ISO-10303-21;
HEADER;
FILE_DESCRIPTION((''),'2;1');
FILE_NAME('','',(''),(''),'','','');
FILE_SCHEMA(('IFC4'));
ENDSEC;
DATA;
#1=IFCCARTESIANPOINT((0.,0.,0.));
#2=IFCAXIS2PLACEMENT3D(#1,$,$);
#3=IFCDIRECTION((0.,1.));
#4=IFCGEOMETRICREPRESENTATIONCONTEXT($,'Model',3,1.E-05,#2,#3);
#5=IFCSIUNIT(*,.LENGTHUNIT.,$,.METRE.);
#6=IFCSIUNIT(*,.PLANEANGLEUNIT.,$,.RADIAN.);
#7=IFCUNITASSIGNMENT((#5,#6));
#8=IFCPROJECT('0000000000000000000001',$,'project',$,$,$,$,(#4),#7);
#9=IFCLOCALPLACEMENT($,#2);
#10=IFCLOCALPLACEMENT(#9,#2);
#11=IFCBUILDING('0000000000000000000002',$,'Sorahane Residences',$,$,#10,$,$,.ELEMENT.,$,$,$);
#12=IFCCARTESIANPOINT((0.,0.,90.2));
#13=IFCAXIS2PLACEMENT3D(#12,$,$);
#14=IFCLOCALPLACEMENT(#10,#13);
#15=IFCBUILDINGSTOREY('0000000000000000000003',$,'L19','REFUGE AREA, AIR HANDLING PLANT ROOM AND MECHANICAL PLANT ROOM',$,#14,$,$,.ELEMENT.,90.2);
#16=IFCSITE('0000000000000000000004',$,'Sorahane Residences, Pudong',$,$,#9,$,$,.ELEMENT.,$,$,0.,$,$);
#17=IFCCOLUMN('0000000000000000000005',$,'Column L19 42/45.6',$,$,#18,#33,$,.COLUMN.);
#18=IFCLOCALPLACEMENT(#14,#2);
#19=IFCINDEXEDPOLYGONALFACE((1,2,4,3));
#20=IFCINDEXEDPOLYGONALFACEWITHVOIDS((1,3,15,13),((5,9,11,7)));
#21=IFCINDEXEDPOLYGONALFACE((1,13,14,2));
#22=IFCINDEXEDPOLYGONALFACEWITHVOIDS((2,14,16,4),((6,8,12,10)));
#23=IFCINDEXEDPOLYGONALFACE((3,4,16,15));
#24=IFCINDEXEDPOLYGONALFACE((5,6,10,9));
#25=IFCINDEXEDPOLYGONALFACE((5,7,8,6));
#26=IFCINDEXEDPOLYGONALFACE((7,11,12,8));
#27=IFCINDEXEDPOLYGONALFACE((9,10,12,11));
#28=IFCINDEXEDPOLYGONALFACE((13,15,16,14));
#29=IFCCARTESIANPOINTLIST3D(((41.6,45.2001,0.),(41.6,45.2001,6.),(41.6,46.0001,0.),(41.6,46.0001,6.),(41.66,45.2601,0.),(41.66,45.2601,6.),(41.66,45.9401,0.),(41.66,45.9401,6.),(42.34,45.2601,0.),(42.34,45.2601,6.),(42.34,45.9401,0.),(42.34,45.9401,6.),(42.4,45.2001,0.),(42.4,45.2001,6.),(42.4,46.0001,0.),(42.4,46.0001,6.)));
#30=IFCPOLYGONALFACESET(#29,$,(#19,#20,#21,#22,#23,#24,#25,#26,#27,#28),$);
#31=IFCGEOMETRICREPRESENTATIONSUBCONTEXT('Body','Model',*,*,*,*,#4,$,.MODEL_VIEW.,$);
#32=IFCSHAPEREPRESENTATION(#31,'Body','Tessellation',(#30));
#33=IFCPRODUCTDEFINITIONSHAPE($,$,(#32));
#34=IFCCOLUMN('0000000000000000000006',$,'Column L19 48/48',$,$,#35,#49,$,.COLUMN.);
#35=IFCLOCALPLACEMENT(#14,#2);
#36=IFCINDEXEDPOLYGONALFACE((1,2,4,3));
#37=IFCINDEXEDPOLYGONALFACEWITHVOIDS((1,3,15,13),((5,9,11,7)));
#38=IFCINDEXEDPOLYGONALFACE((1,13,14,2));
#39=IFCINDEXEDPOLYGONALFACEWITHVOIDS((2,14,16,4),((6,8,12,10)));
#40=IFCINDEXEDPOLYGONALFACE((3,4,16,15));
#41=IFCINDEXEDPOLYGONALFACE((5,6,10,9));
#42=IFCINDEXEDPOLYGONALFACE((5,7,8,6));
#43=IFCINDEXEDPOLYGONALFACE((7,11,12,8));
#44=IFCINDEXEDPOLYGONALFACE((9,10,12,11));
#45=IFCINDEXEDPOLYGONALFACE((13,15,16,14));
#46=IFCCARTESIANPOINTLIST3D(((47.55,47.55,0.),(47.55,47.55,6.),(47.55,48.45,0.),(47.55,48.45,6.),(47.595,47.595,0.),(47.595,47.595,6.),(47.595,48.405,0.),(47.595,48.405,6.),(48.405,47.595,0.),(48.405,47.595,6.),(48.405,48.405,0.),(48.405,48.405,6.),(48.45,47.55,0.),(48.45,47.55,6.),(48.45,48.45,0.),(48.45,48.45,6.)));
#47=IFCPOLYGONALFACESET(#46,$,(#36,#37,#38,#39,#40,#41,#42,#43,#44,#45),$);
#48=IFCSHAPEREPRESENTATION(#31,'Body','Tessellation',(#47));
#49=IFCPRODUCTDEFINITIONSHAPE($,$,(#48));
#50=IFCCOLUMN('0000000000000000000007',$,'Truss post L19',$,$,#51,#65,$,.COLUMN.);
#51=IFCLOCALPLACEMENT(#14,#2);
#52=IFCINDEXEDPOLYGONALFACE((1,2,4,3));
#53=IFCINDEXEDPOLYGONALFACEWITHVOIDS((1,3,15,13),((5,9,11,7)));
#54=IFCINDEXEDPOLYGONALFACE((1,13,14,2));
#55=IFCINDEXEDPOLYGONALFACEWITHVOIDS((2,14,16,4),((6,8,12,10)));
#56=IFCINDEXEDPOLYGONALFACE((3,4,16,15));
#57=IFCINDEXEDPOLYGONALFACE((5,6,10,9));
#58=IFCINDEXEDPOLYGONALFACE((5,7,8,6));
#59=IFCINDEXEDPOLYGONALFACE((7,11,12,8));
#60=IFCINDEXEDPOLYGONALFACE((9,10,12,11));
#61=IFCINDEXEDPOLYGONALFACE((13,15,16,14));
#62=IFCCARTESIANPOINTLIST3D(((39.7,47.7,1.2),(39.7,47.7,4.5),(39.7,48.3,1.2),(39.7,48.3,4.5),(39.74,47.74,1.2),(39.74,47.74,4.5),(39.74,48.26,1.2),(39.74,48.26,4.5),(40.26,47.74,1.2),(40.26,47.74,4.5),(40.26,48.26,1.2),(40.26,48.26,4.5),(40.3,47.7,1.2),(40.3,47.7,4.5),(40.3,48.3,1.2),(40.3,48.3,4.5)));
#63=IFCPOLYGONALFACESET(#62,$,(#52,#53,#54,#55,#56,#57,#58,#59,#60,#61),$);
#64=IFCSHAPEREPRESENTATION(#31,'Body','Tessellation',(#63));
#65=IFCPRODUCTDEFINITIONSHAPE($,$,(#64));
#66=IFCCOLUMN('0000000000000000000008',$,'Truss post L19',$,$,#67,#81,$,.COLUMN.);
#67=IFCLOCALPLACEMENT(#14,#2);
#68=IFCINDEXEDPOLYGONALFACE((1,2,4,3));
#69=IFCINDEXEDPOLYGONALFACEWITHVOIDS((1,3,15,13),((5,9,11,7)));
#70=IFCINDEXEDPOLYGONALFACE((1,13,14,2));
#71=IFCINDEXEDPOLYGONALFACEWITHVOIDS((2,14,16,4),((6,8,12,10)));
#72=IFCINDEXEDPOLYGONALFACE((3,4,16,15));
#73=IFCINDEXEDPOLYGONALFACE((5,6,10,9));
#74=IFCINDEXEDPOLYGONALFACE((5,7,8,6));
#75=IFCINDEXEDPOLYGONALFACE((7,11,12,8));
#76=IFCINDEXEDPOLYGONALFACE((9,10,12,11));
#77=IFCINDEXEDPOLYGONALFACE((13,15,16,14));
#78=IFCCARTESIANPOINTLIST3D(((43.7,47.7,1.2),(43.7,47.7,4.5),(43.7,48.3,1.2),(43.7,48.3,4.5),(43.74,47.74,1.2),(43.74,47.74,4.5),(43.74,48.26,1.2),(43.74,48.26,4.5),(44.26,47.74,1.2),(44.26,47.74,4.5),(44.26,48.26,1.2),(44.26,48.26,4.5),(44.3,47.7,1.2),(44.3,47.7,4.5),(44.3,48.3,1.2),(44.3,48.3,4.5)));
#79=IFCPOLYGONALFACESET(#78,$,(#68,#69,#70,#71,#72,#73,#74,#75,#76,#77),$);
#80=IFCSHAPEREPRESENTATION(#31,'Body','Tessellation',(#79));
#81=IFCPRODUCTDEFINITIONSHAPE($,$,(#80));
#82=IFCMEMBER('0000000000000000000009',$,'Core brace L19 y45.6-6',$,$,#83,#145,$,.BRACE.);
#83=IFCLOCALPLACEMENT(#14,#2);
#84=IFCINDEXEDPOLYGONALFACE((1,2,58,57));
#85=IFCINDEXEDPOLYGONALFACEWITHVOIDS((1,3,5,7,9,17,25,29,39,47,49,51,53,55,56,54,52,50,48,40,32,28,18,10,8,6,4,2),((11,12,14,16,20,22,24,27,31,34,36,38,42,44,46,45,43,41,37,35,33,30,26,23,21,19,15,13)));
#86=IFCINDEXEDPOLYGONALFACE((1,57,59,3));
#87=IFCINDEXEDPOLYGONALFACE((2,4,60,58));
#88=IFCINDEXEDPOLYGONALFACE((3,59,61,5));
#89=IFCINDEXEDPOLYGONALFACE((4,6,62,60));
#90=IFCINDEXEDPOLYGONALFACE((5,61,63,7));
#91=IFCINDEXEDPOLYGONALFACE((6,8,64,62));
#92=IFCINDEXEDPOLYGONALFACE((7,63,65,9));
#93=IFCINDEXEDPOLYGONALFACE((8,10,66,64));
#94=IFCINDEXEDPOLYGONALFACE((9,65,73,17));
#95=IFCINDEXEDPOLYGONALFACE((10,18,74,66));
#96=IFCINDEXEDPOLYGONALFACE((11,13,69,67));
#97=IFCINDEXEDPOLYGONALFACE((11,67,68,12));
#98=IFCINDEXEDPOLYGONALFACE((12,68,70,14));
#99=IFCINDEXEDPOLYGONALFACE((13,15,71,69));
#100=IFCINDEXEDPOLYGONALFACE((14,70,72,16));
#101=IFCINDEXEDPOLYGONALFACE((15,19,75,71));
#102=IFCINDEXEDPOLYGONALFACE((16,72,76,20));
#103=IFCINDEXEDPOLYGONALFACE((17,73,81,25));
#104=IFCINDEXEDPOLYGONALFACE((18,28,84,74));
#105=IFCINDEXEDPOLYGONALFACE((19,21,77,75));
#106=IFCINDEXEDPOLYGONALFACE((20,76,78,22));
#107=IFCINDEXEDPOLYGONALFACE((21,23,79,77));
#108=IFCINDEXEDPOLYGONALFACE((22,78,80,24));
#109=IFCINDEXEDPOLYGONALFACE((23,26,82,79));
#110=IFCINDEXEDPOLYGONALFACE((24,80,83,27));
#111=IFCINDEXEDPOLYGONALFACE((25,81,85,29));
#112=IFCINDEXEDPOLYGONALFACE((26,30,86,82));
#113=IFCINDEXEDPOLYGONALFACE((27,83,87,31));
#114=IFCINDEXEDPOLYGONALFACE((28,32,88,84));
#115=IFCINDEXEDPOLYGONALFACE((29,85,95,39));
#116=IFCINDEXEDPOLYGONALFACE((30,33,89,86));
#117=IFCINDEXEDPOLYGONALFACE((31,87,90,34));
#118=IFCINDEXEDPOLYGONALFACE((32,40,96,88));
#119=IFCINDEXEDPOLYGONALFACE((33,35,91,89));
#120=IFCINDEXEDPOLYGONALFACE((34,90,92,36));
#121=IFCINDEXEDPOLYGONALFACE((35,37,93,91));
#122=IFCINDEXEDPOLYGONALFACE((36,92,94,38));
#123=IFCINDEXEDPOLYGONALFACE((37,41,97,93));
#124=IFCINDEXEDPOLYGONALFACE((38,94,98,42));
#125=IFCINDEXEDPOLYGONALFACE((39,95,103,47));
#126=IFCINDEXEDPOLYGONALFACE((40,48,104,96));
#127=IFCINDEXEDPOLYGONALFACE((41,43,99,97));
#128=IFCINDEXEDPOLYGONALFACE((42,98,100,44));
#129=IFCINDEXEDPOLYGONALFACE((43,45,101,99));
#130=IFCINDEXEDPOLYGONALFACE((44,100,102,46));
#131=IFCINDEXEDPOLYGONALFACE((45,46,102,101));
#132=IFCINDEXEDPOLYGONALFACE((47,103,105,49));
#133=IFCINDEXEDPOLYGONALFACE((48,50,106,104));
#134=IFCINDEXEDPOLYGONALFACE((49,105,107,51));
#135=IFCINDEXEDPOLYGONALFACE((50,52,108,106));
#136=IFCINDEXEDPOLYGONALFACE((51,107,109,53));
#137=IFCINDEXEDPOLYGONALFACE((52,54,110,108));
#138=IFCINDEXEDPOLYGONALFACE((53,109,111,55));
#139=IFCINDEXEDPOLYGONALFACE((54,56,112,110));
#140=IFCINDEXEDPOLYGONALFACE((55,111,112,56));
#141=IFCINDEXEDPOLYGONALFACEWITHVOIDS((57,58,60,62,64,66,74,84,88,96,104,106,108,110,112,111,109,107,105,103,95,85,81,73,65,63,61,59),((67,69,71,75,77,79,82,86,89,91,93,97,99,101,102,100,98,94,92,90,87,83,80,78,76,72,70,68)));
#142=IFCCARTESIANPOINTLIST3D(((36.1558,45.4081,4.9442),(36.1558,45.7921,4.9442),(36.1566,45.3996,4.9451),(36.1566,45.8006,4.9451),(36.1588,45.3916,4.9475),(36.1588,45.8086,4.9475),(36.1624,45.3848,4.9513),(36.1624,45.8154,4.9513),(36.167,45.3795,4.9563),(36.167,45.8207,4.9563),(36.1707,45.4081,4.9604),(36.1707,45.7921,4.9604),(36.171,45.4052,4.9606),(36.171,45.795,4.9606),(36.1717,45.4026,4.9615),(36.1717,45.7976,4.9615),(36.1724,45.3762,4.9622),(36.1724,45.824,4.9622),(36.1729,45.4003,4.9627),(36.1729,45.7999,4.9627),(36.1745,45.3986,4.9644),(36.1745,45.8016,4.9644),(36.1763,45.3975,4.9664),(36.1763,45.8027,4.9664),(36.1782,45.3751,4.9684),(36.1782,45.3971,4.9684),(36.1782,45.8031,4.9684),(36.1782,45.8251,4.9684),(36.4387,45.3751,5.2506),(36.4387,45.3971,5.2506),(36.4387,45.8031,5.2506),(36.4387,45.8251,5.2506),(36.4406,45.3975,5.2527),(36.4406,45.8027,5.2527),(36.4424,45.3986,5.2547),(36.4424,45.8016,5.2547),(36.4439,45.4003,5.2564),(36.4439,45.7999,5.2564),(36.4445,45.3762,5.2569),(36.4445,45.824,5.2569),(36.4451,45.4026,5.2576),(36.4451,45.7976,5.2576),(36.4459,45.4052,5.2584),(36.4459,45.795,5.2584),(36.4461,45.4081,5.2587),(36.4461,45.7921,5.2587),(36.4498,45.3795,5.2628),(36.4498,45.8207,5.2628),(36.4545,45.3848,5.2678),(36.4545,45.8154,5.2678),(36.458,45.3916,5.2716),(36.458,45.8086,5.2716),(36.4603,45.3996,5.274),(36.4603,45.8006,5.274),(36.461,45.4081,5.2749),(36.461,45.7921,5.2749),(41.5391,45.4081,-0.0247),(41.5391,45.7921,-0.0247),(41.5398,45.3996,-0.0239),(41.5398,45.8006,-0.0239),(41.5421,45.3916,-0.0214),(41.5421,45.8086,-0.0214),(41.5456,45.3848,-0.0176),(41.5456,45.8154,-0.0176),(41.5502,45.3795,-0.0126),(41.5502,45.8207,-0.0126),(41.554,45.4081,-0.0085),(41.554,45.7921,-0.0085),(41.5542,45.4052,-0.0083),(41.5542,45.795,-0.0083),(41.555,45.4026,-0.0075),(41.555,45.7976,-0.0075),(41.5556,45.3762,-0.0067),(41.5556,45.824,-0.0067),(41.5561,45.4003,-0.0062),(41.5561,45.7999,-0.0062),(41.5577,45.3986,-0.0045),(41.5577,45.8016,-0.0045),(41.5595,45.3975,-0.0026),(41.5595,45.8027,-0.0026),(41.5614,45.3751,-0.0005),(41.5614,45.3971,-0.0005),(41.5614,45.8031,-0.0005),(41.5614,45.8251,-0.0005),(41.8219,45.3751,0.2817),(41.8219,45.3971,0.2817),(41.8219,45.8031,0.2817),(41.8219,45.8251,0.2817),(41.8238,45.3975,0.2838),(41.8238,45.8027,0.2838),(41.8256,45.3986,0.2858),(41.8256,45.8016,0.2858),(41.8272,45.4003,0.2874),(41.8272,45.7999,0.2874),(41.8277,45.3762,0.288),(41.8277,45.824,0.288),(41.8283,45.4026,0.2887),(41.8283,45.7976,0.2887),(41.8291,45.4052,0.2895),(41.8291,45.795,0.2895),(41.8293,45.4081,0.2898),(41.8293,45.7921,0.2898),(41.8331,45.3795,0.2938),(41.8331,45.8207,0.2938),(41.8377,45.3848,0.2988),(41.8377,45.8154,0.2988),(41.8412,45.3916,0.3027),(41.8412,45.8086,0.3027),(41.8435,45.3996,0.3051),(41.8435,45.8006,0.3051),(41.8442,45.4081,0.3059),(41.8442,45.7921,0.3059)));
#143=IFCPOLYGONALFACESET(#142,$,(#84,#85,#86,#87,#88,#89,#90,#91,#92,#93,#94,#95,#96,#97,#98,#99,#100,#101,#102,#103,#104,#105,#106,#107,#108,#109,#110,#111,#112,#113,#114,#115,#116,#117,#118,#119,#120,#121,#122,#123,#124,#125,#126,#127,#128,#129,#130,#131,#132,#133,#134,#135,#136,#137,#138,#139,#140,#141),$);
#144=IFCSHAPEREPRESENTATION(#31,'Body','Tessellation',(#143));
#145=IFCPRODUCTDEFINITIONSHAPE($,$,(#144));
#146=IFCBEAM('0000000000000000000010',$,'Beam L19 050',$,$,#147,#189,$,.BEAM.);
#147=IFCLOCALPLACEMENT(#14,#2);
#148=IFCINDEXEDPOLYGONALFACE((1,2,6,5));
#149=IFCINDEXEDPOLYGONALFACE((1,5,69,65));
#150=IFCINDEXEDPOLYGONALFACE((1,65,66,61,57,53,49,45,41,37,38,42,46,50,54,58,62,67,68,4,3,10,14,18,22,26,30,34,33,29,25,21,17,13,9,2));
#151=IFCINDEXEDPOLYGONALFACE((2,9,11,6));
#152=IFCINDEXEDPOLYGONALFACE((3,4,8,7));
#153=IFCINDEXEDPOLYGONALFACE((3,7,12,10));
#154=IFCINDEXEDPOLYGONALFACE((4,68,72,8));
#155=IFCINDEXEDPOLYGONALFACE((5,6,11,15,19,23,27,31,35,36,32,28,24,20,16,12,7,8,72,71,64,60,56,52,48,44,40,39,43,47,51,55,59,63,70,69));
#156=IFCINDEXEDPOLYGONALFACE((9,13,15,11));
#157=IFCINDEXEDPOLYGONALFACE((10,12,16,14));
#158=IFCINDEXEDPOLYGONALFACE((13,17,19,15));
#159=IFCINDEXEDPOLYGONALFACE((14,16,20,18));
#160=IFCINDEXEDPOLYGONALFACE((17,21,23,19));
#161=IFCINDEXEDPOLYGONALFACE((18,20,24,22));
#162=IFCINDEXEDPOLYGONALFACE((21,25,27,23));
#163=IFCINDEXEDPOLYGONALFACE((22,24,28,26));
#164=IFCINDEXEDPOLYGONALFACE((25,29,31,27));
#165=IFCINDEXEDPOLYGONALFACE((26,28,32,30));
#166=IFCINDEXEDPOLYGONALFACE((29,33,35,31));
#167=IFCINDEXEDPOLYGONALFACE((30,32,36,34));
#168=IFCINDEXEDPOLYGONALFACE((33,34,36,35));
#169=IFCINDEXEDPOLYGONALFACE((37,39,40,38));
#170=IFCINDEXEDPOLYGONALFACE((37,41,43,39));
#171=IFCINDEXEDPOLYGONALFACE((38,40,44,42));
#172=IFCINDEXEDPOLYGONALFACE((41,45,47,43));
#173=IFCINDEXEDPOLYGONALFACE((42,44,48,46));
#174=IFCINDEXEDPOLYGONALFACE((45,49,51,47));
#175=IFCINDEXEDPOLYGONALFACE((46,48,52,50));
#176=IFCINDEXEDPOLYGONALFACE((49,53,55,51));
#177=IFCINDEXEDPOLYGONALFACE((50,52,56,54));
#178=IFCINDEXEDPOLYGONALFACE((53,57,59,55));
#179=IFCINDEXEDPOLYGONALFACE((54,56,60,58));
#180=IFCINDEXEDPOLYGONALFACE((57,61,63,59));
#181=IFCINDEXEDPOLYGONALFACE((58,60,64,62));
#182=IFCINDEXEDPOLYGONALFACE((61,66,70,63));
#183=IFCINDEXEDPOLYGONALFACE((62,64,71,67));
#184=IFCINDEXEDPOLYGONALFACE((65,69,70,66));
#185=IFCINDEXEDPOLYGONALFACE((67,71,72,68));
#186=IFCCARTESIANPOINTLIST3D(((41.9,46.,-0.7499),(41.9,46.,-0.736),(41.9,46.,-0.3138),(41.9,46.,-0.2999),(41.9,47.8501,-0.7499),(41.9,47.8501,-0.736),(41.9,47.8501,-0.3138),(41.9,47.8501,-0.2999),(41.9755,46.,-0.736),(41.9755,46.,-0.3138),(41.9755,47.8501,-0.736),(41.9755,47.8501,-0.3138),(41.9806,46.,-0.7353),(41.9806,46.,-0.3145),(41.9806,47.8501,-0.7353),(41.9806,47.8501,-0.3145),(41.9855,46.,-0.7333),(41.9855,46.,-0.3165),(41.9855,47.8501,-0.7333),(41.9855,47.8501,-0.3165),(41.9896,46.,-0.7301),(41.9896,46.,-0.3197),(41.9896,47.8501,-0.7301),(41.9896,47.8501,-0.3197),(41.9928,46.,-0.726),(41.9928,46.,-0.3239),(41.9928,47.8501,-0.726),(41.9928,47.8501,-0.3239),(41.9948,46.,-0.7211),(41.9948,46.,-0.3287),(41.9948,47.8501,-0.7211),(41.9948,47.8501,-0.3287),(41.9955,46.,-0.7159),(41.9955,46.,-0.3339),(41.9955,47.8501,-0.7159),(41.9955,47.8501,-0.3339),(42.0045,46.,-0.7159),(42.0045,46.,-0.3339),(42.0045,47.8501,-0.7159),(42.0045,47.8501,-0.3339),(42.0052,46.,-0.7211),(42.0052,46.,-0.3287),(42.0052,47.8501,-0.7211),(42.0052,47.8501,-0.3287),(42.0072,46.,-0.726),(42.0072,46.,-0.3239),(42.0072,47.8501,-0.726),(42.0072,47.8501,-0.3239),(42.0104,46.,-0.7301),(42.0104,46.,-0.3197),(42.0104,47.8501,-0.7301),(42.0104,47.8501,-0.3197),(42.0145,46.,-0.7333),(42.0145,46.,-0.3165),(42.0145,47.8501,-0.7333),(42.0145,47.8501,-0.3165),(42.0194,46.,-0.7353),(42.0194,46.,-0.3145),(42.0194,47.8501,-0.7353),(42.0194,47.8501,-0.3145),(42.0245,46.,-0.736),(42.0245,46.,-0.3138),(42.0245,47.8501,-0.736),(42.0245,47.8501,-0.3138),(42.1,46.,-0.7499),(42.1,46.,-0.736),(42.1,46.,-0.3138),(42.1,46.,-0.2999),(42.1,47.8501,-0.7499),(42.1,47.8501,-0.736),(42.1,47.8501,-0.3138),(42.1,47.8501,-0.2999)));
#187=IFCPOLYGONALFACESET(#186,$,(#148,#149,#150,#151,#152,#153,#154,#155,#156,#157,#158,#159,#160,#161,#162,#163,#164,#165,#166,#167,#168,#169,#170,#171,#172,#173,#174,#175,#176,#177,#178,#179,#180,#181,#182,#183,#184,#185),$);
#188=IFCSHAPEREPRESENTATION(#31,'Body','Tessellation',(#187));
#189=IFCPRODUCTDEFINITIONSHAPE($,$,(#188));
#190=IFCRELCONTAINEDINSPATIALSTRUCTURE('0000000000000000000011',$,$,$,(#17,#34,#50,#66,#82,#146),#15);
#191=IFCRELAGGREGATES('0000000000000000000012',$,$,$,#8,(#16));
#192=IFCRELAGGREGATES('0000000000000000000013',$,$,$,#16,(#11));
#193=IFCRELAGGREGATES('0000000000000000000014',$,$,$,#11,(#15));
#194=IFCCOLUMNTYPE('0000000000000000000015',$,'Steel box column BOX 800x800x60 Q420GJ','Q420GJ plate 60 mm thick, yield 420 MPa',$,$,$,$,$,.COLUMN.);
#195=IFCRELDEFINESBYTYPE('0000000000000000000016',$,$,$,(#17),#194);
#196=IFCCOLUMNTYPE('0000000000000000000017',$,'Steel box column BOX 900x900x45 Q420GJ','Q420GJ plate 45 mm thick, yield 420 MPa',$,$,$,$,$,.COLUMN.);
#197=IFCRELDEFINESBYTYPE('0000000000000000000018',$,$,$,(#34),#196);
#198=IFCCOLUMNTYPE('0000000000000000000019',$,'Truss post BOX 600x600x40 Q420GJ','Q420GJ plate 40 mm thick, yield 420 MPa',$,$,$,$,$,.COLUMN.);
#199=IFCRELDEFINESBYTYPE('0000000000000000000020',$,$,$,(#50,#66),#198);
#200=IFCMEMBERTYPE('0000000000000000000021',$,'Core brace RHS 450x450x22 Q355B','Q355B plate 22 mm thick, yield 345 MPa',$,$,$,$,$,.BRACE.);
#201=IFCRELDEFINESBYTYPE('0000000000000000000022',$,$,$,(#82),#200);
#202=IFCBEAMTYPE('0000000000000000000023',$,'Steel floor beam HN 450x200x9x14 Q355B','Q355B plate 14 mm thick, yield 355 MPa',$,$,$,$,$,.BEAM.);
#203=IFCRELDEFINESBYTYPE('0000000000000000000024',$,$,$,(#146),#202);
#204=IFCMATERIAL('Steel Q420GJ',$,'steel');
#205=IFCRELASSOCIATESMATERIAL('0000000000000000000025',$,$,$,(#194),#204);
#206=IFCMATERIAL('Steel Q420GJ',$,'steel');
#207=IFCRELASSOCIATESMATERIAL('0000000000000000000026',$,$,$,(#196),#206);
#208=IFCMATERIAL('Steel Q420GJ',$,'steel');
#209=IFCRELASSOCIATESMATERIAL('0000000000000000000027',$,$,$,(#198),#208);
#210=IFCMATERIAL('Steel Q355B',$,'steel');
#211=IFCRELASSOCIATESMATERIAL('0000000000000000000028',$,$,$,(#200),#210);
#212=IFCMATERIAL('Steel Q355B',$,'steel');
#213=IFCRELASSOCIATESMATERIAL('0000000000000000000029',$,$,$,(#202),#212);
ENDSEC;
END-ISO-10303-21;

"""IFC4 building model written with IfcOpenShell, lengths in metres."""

from ifc_helpers import new_model, si_unit, direction, frame, origin, origin_2d, place, context, subcontext, project, spatial, hollow_rectangle, i_section, extrude, material, material_profile, profile_set, type_object, element, save


model = new_model("IFC4")

# Units and contexts
model_context = context("Model", 3, precision=1e-05, world=origin(), true_north=direction((0.0, 1.0)))
body_context = subcontext(model_context, "Body", "Model", "MODEL_VIEW")
ifc_project = project(units=[si_unit("LENGTHUNIT", "METRE"), si_unit("PLANEANGLEUNIT", "RADIAN")], contexts=[model_context])

# Site, building, storey
site_placement = place(None, origin())
site = spatial("IfcSite", under=ifc_project, at=site_placement, Name="Sorahane Residences, Pudong", CompositionType="ELEMENT", RefElevation=0.0)
building_placement = place(site_placement, origin())
building = spatial("IfcBuilding", under=site, at=building_placement, Name="Sorahane Residences", CompositionType="ELEMENT")
storey_placement = place(building_placement, frame((0.0, 0.0, 90.2)))
storey = spatial("IfcBuildingStorey", under=building, at=storey_placement, Name="L19", Description="REFUGE AREA, AIR HANDLING PLANT ROOM AND MECHANICAL PLANT ROOM", CompositionType="ELEMENT", Elevation=90.2)

# Columns
ifc_material_1 = material(Name="Steel Q420GJ", Category="steel")
ifc_material_profile_1 = material_profile(ifc_material_1, hollow_rectangle(XDim=0.8, YDim=0.8, WallThickness=0.0601, at=origin_2d()), Name="BOX 800x800x60")
ifc_profile_set_1 = profile_set([ifc_material_profile_1], Name="Steel Q420GJ")
column_type_1 = type_object("IfcColumnType", Name="Steel box column BOX 800x800x60 Q420GJ", Description="Q420GJ plate 60 mm thick, yield 420 MPa", PredefinedType="COLUMN", material=ifc_profile_set_1)
column_1_placement = place(storey_placement, frame((42.0, 45.6001, 0.0), z_axis=(0.0, 0.0, 1.0), x_axis=(1.0, 0.0, 0.0)))
element("IfcColumn", 1, at=column_1_placement, inside=storey, type_object=column_type_1, Name="Column L19 42/45.6", PredefinedType="COLUMN", context=body_context, shape_type="SweptSolid", body=[
    extrude(hollow_rectangle(XDim=0.8, YDim=0.8, WallThickness=0.0601, at=origin_2d()), origin(), (0.0, 0.0, 1.0), 6.0),
])
ifc_material_2 = material(Name="Steel Q420GJ", Category="steel")
ifc_material_profile_2 = material_profile(ifc_material_2, hollow_rectangle(XDim=0.8999, YDim=0.8999, WallThickness=0.0449, at=origin_2d()), Name="BOX 900x900x45")
ifc_profile_set_2 = profile_set([ifc_material_profile_2], Name="Steel Q420GJ")
column_type_2 = type_object("IfcColumnType", Name="Steel box column BOX 900x900x45 Q420GJ", Description="Q420GJ plate 45 mm thick, yield 420 MPa", PredefinedType="COLUMN", material=ifc_profile_set_2)
column_2_placement = place(storey_placement, frame((48.0, 48.0, 0.0), z_axis=(0.0, 0.0, 1.0), x_axis=(1.0, 0.0, 0.0)))
element("IfcColumn", 2, at=column_2_placement, inside=storey, type_object=column_type_2, Name="Column L19 48/48", PredefinedType="COLUMN", context=body_context, shape_type="SweptSolid", body=[
    extrude(hollow_rectangle(XDim=0.8999, YDim=0.8999, WallThickness=0.0449, at=origin_2d()), origin(), (0.0, 0.0, 1.0), 6.0),
])
ifc_material_3 = material(Name="Steel Q420GJ", Category="steel")
ifc_material_profile_3 = material_profile(ifc_material_3, hollow_rectangle(XDim=0.6001, YDim=0.6001, WallThickness=0.04, at=origin_2d()), Name="BOX 600x600x40")
ifc_profile_set_3 = profile_set([ifc_material_profile_3], Name="Steel Q420GJ")
column_type_3 = type_object("IfcColumnType", Name="Truss post BOX 600x600x40 Q420GJ", Description="Q420GJ plate 40 mm thick, yield 420 MPa", PredefinedType="COLUMN", material=ifc_profile_set_3)
for number, where, z_axis, x_axis, name in (
    (3, (40.0, 48.0, 1.2), (0.0, 0.0, 1.0), (1.0, 0.0, 0.0), "Truss post L19"),
    (4, (44.0, 48.0, 1.2), (0.0, 0.0, 1.0), (1.0, 0.0, 0.0), "Truss post L19"),
):
    element("IfcColumn", number, at=place(storey_placement, frame(where, z_axis=z_axis, x_axis=x_axis)), inside=storey, type_object=column_type_3, Name=name, PredefinedType="COLUMN", context=body_context, shape_type="SweptSolid", body=[
        extrude(hollow_rectangle(XDim=0.6001, YDim=0.6001, WallThickness=0.04, at=origin_2d()), origin(), (0.0, 0.0, 1.0), 3.3),
    ])

# Member
ifc_material_4 = material(Name="Steel Q355B", Category="steel")
ifc_material_profile_4 = material_profile(ifc_material_4, hollow_rectangle(XDim=0.45, YDim=0.45, WallThickness=0.022, InnerFilletRadius=0.011, OuterFilletRadius=0.033, at=origin_2d()), Name="RHS 450x450x22")
ifc_profile_set_4 = profile_set([ifc_material_profile_4], Name="Steel Q355B")
member_type_1 = type_object("IfcMemberType", Name="Core brace RHS 450x450x22 Q355B", Description="Q355B plate 22 mm thick, yield 345 MPa", PredefinedType="BRACE", material=ifc_profile_set_4)
member_1_placement = place(storey_placement, frame((41.6917, 45.6001, 0.1406), z_axis=(-0.734817, 0.0, 0.678265), x_axis=(0.0, -1.0, 0.0)))
element("IfcMember", 5, at=member_1_placement, inside=storey, type_object=member_type_1, Name="Core brace L19 y45.6-6", PredefinedType="BRACE", context=body_context, shape_type="SweptSolid", body=[
    extrude(hollow_rectangle(XDim=0.45, YDim=0.45, WallThickness=0.022, InnerFilletRadius=0.011, OuterFilletRadius=0.033, at=origin_2d()), origin(), (0.0, 0.0, 1.0), 7.3259),
])

# Beam
ifc_material_5 = material(Name="Steel Q355B", Category="steel")
ifc_material_profile_5 = material_profile(ifc_material_5, i_section(OverallWidth=0.2, OverallDepth=0.45, WebThickness=0.009, FlangeThickness=0.0139, FilletRadius=0.02, at=origin_2d()), Name="HN 450x200x9x14")
ifc_profile_set_5 = profile_set([ifc_material_profile_5], Name="Steel Q355B")
beam_type_1 = type_object("IfcBeamType", Name="Steel floor beam HN 450x200x9x14 Q355B", Description="Q355B plate 14 mm thick, yield 355 MPa", PredefinedType="BEAM", material=ifc_profile_set_5)
beam_1_placement = place(storey_placement, frame((42.0, 46.0, -0.5249), z_axis=(0.0, 1.0, 0.0), x_axis=(-1.0, 0.0, 0.0)))
element("IfcBeam", 6, at=beam_1_placement, inside=storey, type_object=beam_type_1, Name="Beam L19 050", PredefinedType="BEAM", context=body_context, shape_type="SweptSolid", body=[
    extrude(i_section(OverallWidth=0.2, OverallDepth=0.45, WebThickness=0.009, FlangeThickness=0.0139, FilletRadius=0.02, at=origin_2d()), origin(), (0.0, 0.0, 1.0), 1.8501),
])

save(model, "model.ifc")
